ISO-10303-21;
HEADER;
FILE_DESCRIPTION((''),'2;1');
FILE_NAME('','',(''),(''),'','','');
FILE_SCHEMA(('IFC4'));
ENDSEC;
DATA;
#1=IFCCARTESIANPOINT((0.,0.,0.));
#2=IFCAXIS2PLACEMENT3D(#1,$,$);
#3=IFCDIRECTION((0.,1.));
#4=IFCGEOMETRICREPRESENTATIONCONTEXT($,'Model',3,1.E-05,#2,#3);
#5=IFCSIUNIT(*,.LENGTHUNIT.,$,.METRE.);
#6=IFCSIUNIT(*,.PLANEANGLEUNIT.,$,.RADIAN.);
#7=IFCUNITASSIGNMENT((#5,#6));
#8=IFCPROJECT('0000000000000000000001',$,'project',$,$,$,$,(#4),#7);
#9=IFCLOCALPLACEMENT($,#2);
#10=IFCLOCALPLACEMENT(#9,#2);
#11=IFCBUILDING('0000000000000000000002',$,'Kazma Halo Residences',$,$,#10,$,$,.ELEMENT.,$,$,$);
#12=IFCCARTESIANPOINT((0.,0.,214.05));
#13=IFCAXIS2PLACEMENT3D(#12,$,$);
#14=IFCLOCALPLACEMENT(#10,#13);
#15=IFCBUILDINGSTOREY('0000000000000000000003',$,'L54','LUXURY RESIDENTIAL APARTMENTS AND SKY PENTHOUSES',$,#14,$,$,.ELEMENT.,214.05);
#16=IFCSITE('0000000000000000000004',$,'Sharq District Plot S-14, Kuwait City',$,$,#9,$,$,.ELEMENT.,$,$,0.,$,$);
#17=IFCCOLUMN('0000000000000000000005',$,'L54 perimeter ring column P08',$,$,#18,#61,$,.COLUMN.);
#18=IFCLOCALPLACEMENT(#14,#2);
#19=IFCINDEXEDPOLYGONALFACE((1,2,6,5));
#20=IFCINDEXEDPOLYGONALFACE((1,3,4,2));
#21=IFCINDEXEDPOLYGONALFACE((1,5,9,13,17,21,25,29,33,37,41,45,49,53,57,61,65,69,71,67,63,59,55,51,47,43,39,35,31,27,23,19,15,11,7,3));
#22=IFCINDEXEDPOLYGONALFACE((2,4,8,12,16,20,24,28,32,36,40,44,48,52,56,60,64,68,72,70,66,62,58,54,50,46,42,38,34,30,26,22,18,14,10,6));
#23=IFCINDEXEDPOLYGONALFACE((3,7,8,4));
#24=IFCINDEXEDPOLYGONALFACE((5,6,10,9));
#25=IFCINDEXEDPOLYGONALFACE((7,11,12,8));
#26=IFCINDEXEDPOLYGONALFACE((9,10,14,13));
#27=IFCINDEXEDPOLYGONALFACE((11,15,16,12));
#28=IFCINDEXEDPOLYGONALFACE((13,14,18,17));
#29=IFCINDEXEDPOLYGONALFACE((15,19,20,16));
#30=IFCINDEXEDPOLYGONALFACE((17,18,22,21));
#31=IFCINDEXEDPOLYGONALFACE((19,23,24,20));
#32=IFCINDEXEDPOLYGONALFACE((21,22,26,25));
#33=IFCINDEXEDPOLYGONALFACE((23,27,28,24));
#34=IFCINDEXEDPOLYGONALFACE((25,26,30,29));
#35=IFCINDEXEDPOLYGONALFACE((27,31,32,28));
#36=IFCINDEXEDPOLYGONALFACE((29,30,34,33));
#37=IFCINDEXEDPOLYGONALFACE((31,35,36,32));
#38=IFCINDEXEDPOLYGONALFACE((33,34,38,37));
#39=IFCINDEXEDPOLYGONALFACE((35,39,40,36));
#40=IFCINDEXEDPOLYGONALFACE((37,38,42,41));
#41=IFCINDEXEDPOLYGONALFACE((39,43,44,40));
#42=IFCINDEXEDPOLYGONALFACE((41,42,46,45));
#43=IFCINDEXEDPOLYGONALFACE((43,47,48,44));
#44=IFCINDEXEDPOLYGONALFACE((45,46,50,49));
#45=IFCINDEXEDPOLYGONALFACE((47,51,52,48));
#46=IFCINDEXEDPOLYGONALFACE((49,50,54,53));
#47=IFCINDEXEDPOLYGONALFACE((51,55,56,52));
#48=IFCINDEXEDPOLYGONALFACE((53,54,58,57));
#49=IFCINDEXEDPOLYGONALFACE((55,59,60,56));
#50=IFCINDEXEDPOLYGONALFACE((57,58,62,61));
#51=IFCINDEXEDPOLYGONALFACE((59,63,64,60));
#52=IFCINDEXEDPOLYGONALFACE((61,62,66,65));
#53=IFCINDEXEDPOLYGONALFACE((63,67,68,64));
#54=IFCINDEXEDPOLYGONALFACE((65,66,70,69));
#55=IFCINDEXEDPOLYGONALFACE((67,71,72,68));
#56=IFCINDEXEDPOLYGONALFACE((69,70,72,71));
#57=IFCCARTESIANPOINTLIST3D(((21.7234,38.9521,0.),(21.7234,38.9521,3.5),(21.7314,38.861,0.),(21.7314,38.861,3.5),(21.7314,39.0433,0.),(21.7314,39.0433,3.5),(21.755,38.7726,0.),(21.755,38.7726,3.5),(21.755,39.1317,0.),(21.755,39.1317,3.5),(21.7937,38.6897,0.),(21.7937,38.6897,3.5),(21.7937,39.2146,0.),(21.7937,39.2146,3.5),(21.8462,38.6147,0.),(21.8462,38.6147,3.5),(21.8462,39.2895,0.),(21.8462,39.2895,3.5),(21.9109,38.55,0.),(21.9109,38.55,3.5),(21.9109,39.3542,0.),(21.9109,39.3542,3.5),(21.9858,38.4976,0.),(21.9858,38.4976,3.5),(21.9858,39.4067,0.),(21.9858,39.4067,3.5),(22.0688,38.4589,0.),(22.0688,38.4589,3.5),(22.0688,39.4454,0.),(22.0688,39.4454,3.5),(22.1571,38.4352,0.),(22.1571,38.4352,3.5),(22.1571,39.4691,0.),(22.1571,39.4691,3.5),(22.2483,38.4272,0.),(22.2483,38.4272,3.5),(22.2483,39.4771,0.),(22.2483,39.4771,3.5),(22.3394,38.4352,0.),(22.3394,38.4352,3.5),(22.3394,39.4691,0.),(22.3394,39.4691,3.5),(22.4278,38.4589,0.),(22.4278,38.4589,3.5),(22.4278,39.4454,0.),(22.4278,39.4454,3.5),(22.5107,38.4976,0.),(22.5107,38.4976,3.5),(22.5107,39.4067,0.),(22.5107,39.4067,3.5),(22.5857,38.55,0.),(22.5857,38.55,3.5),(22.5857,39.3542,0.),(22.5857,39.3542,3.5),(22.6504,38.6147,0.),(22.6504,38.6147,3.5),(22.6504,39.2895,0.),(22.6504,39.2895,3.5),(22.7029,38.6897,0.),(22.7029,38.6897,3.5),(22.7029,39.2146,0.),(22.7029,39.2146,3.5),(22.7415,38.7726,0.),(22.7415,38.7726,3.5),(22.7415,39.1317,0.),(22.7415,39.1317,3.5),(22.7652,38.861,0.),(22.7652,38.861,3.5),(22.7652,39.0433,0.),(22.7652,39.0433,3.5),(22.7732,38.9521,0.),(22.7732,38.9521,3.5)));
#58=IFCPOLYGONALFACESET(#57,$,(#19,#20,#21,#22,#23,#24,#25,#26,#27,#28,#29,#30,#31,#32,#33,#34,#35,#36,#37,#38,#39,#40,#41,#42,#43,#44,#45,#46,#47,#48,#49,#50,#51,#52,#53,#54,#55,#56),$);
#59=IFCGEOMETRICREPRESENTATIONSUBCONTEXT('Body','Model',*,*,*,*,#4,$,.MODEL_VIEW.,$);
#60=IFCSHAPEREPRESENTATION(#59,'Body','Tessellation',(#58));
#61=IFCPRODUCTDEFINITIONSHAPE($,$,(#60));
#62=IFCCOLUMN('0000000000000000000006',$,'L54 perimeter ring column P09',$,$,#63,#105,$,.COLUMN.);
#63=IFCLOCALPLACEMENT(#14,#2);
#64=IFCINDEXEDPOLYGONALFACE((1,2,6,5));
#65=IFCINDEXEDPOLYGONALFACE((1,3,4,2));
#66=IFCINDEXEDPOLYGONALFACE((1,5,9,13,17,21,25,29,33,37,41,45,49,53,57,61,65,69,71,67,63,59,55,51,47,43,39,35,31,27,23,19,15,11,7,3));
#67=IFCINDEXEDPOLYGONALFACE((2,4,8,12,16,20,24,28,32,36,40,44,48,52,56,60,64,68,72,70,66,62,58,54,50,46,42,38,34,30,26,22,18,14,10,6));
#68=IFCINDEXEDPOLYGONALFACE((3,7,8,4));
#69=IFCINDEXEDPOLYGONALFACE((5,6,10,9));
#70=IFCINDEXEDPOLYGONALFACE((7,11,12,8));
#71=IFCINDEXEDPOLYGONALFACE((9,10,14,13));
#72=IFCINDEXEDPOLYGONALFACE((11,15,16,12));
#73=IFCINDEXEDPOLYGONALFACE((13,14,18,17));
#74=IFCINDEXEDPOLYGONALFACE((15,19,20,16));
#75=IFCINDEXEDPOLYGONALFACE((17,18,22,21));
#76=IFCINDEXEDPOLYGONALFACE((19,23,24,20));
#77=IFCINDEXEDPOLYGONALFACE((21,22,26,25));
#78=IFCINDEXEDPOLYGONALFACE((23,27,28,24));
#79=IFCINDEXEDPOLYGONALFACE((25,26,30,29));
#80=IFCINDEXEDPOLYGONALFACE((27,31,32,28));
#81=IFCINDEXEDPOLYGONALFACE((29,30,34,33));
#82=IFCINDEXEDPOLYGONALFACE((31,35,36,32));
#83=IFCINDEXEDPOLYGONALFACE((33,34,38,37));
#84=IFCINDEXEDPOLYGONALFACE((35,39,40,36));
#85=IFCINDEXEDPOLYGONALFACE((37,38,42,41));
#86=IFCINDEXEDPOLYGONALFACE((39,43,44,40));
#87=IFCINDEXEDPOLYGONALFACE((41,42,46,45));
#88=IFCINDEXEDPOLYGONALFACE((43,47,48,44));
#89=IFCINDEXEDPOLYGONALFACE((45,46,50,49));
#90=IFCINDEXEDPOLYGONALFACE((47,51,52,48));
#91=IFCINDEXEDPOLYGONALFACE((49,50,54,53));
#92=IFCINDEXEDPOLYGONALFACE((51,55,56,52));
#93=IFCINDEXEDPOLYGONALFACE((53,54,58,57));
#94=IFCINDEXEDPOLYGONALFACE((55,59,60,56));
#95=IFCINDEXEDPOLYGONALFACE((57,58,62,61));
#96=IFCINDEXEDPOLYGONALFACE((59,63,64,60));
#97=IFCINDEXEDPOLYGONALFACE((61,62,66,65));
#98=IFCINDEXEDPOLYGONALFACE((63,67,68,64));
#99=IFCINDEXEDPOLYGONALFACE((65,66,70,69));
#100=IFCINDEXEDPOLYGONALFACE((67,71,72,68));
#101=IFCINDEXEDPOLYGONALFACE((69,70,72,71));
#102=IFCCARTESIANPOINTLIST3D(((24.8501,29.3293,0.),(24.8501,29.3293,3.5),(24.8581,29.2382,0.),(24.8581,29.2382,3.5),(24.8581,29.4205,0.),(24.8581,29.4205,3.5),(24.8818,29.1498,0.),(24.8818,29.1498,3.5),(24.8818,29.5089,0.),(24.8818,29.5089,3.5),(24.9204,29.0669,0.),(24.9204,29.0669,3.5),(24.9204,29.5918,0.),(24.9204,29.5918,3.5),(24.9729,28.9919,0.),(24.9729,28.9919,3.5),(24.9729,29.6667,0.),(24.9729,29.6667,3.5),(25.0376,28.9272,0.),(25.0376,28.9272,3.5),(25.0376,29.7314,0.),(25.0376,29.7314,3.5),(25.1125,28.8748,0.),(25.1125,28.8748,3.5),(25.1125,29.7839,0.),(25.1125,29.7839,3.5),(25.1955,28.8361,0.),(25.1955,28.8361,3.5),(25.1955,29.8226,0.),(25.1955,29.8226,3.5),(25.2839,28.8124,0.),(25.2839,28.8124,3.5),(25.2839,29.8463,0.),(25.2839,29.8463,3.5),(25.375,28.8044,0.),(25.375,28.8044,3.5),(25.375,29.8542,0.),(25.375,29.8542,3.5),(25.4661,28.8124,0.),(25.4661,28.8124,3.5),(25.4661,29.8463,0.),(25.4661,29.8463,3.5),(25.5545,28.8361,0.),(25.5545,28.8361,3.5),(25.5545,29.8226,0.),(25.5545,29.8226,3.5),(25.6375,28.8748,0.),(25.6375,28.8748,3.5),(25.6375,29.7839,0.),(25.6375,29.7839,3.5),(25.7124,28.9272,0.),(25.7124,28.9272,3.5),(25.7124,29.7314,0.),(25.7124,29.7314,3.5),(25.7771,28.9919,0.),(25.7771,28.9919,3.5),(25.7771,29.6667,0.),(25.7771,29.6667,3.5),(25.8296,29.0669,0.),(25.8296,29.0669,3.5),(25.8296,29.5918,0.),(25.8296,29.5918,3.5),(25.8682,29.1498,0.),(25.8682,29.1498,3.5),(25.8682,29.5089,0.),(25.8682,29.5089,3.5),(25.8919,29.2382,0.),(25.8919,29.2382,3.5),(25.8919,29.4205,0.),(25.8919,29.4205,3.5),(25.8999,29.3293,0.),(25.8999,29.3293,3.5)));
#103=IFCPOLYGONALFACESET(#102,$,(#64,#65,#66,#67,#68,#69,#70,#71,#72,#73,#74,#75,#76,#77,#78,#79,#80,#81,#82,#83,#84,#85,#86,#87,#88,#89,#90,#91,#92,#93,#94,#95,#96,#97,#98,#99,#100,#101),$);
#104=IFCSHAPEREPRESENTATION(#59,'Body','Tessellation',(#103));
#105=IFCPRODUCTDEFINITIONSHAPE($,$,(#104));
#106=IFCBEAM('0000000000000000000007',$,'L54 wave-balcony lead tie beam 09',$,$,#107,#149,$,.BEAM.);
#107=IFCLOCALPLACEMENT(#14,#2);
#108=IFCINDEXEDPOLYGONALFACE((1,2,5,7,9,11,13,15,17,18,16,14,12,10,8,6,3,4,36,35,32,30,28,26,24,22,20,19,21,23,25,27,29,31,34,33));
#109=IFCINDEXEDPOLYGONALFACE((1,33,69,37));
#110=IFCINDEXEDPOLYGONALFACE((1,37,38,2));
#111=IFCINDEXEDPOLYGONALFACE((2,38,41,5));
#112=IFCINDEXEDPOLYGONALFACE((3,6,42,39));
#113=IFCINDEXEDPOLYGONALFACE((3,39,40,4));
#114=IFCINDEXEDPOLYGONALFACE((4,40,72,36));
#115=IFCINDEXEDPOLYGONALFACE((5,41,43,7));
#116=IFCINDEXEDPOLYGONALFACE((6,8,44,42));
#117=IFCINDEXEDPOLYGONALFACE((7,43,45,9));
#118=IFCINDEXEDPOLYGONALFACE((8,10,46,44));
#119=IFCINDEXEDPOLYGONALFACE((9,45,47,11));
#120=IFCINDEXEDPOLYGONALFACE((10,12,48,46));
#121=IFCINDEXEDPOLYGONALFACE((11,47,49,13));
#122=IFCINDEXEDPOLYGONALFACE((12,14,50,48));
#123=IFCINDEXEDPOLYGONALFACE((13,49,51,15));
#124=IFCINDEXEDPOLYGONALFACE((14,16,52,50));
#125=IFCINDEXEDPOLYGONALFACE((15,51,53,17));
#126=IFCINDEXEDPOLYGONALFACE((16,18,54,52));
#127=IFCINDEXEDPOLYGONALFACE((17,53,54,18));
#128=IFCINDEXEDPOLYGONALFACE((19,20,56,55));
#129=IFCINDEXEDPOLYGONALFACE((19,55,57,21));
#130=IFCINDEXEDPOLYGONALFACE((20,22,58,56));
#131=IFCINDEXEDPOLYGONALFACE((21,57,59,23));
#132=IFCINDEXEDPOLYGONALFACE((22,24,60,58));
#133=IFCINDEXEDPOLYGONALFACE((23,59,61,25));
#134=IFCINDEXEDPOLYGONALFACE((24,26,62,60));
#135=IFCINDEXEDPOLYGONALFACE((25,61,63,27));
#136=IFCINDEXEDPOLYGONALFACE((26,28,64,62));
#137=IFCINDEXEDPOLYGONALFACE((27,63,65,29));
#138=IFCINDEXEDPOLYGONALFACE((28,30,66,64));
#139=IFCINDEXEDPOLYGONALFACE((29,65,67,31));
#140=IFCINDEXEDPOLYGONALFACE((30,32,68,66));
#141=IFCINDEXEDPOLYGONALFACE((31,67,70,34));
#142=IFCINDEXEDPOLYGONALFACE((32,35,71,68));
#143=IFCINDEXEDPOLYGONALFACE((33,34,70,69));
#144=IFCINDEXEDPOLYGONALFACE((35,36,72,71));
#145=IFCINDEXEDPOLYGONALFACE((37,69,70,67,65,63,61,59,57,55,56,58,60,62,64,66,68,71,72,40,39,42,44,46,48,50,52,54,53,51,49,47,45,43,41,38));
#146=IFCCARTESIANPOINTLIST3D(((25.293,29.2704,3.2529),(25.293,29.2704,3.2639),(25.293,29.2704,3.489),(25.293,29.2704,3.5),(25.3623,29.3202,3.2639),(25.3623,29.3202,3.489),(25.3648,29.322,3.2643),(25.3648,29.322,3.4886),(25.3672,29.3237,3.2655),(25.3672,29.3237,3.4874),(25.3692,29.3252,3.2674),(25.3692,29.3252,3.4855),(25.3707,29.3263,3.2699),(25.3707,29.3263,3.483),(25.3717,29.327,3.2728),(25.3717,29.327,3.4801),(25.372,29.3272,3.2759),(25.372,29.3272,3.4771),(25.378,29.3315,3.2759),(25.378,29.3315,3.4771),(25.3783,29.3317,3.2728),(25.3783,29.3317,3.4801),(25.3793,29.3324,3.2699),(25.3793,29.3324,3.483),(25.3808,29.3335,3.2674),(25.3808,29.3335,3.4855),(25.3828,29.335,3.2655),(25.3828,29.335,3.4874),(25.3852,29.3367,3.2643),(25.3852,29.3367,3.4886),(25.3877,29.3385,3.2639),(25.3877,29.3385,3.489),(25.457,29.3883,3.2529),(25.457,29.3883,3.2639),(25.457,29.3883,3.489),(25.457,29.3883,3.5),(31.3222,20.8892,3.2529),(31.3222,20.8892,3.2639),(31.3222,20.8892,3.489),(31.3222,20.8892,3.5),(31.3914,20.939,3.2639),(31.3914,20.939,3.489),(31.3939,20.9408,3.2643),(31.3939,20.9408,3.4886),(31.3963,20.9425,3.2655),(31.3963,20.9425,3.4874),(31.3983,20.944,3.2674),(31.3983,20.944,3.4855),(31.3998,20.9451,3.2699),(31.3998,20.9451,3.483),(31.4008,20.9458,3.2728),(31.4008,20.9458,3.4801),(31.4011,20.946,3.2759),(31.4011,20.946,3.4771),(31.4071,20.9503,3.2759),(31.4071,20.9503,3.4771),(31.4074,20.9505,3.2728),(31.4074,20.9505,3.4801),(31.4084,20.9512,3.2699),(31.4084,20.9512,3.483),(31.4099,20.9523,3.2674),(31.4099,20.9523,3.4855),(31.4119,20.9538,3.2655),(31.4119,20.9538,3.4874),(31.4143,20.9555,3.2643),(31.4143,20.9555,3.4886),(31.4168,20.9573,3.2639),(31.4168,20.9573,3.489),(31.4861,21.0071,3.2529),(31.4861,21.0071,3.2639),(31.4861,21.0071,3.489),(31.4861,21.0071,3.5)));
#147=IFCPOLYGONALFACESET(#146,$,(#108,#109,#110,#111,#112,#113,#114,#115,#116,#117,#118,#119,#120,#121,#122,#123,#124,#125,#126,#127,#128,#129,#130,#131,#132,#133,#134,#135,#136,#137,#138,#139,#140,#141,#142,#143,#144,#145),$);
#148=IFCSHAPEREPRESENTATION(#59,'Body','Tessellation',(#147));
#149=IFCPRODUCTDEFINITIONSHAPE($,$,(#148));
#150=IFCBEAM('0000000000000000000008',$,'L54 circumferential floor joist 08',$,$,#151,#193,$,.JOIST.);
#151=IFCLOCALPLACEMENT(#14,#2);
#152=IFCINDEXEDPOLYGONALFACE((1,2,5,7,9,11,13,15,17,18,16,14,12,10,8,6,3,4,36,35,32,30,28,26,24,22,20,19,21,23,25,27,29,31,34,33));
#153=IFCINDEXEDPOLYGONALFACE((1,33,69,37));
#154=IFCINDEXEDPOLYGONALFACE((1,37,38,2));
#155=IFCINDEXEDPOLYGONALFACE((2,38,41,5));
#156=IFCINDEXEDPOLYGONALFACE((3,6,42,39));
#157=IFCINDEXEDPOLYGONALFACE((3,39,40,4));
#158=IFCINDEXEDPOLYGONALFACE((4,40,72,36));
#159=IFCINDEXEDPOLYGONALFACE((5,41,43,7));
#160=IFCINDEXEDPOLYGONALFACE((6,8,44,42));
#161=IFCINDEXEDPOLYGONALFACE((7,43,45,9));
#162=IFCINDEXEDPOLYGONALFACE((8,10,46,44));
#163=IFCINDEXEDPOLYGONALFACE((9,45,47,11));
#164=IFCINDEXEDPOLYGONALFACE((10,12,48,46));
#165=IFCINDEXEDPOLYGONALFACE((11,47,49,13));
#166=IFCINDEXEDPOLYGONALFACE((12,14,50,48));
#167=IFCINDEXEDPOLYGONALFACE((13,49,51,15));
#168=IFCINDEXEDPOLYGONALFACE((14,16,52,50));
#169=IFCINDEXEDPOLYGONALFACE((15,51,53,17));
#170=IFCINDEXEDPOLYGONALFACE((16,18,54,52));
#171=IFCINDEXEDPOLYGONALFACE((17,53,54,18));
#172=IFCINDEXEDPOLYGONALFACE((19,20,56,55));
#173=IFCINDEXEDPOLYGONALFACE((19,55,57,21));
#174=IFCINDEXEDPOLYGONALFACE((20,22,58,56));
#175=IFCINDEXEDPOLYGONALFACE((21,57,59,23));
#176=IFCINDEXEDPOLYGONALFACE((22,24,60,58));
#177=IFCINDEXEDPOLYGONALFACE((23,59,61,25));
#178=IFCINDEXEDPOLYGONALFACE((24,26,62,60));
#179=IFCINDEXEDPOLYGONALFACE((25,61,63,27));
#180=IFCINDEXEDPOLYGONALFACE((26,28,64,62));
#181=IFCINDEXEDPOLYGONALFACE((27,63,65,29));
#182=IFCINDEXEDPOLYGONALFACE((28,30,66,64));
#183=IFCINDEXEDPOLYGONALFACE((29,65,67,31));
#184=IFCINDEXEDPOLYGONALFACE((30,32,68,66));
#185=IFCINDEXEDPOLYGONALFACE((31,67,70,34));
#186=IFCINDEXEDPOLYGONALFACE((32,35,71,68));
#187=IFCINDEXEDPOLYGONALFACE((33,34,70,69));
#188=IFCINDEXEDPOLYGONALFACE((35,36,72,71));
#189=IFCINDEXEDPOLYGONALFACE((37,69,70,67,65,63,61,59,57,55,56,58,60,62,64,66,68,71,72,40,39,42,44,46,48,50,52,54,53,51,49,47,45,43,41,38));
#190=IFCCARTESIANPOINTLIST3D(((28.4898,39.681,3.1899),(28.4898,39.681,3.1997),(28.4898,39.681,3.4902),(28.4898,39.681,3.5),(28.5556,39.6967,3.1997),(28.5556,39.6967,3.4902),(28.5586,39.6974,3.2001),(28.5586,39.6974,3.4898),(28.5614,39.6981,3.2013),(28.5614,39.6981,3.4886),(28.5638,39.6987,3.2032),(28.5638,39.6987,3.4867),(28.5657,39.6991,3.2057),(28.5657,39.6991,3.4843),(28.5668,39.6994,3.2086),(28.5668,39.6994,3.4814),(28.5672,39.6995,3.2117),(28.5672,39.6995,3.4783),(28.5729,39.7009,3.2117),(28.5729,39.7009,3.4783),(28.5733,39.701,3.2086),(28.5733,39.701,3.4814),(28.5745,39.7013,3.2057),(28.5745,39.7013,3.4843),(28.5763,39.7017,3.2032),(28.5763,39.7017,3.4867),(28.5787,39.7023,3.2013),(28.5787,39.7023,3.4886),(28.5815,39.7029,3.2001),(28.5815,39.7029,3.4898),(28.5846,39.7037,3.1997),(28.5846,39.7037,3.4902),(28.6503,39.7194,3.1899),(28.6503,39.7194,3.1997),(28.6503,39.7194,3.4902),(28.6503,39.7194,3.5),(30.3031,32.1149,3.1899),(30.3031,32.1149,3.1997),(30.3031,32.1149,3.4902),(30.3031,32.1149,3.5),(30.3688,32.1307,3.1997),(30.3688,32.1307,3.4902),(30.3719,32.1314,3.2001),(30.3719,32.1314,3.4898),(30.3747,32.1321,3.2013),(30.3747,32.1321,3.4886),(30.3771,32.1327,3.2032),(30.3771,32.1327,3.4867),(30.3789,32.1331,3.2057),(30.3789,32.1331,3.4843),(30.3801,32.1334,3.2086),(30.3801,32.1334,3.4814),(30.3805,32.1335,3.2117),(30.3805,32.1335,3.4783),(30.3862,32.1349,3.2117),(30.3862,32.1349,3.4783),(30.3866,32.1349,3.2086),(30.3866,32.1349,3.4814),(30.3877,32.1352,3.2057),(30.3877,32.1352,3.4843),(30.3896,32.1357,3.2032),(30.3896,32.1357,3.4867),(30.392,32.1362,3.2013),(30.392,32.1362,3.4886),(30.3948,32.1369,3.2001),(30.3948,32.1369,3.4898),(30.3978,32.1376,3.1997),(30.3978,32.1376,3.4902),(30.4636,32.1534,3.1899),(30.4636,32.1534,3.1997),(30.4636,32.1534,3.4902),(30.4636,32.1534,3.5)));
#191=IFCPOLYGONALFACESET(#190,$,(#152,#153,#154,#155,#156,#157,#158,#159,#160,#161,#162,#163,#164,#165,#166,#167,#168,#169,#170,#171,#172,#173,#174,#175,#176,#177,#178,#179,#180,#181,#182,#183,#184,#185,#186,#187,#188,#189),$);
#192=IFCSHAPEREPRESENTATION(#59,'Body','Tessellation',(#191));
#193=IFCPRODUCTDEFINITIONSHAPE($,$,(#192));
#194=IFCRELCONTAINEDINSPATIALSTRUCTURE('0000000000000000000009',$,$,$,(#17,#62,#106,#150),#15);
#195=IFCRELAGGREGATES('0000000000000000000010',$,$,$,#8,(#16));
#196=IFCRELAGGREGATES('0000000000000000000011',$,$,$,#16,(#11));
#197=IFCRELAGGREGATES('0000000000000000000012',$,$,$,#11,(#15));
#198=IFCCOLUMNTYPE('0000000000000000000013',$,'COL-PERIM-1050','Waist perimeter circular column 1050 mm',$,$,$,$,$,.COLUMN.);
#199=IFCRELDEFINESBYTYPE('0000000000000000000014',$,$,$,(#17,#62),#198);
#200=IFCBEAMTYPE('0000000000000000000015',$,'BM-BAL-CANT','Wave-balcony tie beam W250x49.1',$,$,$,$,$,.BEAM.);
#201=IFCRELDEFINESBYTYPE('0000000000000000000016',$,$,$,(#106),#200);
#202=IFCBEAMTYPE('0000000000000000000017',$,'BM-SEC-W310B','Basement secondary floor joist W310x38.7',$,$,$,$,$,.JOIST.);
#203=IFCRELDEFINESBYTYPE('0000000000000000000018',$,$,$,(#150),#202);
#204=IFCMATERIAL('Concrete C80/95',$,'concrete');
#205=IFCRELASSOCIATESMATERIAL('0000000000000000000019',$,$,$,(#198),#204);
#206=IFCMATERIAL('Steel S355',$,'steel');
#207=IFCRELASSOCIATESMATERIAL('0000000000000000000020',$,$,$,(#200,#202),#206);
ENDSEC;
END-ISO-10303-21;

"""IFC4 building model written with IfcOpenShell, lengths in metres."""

from ifc_helpers import new_model, si_unit, direction, frame, origin, origin_2d, place, context, subcontext, project, spatial, circle, i_section, extrude, material, material_profile, profile_set, type_object, element, save


model = new_model("IFC4")

# Units and contexts
model_context = context("Model", 3, precision=1e-05, world=origin(), true_north=direction((0.0, 1.0)))
body_context = subcontext(model_context, "Body", "Model", "MODEL_VIEW")
ifc_project = project(units=[si_unit("LENGTHUNIT", "METRE"), si_unit("PLANEANGLEUNIT", "RADIAN")], contexts=[model_context])

# Site, building, storey
site_placement = place(None, origin())
site = spatial("IfcSite", under=ifc_project, at=site_placement, Name="Sharq District Plot S-14, Kuwait City", CompositionType="ELEMENT", RefElevation=0.0)
building_placement = place(site_placement, origin())
building = spatial("IfcBuilding", under=site, at=building_placement, Name="Kazma Halo Residences", CompositionType="ELEMENT")
storey_placement = place(building_placement, frame((0.0, 0.0, 214.05)))
storey = spatial("IfcBuildingStorey", under=building, at=storey_placement, Name="L54", Description="LUXURY RESIDENTIAL APARTMENTS AND SKY PENTHOUSES", CompositionType="ELEMENT", Elevation=214.05)

# Columns
ifc_material_1 = material(Name="Concrete C80/95", Category="concrete")
ifc_material_profile_1 = material_profile(ifc_material_1, circle(Radius=0.5249, at=origin_2d()), Name="CIRC1050")
ifc_profile_set_1 = profile_set([ifc_material_profile_1], Name="Concrete C80/95")
column_type = type_object("IfcColumnType", Name="COL-PERIM-1050", Description="Waist perimeter circular column 1050 mm", PredefinedType="COLUMN", material=ifc_profile_set_1)
for number, where, z_axis, x_axis, name in (
    (1, (22.2483, 38.9521, 0.0), (0.0, 0.0, 1.0), (1.0, 0.0, 0.0), "L54 perimeter ring column P08"),
    (2, (25.375, 29.3293, 0.0), (0.0, 0.0, 1.0), (1.0, 0.0, 0.0), "L54 perimeter ring column P09"),
):
    element("IfcColumn", number, at=place(storey_placement, frame(where, z_axis=z_axis, x_axis=x_axis)), inside=storey, type_object=column_type, Name=name, PredefinedType="COLUMN", context=body_context, shape_type="SweptSolid", body=[
        extrude(circle(Radius=0.5249, at=origin_2d()), origin(), (0.0, 0.0, 1.0), 3.5),
    ])

# Beams
ifc_material_2 = material(Name="Steel S355", Category="steel")
ifc_material_profile_2 = material_profile(ifc_material_2, i_section(OverallWidth=0.2019, OverallDepth=0.2471, WebThickness=0.0073, FlangeThickness=0.011, FilletRadius=0.012, at=origin_2d()), Name="W250x49.1")
ifc_profile_set_2 = profile_set([ifc_material_profile_2], Name="Steel S355")
beam_type_1 = type_object("IfcBeamType", Name="BM-BAL-CANT", Description="Wave-balcony tie beam W250x49.1", PredefinedType="BEAM", material=ifc_profile_set_2)
beam_1_placement = place(storey_placement, frame((25.375, 29.3293, 3.3765), z_axis=(0.583964, -0.81178, 0.0), x_axis=(0.81178, 0.583964, 0.0)))
element("IfcBeam", 3, at=beam_1_placement, inside=storey, type_object=beam_type_1, Name="L54 wave-balcony lead tie beam 09", PredefinedType="BEAM", context=body_context, shape_type="SweptSolid", body=[
    extrude(i_section(OverallWidth=0.2019, OverallDepth=0.2471, WebThickness=0.0073, FlangeThickness=0.011, FilletRadius=0.012, at=origin_2d()), origin(), (0.0, 0.0, 1.0), 10.3245),
])
ifc_material_profile_3 = material_profile(ifc_material_2, i_section(OverallWidth=0.165, OverallDepth=0.3101, WebThickness=0.0059, FlangeThickness=0.0098, FilletRadius=0.012, at=origin_2d()), Name="W310x38.7")
ifc_profile_set_3 = profile_set([ifc_material_profile_3], Name="Steel S355")
beam_type_2 = type_object("IfcBeamType", Name="BM-SEC-W310B", Description="Basement secondary floor joist W310x38.7", PredefinedType="JOIST", material=ifc_profile_set_3)
beam_2_placement = place(storey_placement, frame((28.5701, 39.7002, 3.345), z_axis=(0.233058, -0.972463, 0.0), x_axis=(0.972463, 0.233058, 0.0)))
element("IfcBeam", 4, at=beam_2_placement, inside=storey, type_object=beam_type_2, Name="L54 circumferential floor joist 08", PredefinedType="JOIST", context=body_context, shape_type="SweptSolid", body=[
    extrude(i_section(OverallWidth=0.165, OverallDepth=0.3101, WebThickness=0.0059, FlangeThickness=0.0098, FilletRadius=0.012, at=origin_2d()), origin(), (0.0, 0.0, 1.0), 7.7803),
])

save(model, "model.ifc")
